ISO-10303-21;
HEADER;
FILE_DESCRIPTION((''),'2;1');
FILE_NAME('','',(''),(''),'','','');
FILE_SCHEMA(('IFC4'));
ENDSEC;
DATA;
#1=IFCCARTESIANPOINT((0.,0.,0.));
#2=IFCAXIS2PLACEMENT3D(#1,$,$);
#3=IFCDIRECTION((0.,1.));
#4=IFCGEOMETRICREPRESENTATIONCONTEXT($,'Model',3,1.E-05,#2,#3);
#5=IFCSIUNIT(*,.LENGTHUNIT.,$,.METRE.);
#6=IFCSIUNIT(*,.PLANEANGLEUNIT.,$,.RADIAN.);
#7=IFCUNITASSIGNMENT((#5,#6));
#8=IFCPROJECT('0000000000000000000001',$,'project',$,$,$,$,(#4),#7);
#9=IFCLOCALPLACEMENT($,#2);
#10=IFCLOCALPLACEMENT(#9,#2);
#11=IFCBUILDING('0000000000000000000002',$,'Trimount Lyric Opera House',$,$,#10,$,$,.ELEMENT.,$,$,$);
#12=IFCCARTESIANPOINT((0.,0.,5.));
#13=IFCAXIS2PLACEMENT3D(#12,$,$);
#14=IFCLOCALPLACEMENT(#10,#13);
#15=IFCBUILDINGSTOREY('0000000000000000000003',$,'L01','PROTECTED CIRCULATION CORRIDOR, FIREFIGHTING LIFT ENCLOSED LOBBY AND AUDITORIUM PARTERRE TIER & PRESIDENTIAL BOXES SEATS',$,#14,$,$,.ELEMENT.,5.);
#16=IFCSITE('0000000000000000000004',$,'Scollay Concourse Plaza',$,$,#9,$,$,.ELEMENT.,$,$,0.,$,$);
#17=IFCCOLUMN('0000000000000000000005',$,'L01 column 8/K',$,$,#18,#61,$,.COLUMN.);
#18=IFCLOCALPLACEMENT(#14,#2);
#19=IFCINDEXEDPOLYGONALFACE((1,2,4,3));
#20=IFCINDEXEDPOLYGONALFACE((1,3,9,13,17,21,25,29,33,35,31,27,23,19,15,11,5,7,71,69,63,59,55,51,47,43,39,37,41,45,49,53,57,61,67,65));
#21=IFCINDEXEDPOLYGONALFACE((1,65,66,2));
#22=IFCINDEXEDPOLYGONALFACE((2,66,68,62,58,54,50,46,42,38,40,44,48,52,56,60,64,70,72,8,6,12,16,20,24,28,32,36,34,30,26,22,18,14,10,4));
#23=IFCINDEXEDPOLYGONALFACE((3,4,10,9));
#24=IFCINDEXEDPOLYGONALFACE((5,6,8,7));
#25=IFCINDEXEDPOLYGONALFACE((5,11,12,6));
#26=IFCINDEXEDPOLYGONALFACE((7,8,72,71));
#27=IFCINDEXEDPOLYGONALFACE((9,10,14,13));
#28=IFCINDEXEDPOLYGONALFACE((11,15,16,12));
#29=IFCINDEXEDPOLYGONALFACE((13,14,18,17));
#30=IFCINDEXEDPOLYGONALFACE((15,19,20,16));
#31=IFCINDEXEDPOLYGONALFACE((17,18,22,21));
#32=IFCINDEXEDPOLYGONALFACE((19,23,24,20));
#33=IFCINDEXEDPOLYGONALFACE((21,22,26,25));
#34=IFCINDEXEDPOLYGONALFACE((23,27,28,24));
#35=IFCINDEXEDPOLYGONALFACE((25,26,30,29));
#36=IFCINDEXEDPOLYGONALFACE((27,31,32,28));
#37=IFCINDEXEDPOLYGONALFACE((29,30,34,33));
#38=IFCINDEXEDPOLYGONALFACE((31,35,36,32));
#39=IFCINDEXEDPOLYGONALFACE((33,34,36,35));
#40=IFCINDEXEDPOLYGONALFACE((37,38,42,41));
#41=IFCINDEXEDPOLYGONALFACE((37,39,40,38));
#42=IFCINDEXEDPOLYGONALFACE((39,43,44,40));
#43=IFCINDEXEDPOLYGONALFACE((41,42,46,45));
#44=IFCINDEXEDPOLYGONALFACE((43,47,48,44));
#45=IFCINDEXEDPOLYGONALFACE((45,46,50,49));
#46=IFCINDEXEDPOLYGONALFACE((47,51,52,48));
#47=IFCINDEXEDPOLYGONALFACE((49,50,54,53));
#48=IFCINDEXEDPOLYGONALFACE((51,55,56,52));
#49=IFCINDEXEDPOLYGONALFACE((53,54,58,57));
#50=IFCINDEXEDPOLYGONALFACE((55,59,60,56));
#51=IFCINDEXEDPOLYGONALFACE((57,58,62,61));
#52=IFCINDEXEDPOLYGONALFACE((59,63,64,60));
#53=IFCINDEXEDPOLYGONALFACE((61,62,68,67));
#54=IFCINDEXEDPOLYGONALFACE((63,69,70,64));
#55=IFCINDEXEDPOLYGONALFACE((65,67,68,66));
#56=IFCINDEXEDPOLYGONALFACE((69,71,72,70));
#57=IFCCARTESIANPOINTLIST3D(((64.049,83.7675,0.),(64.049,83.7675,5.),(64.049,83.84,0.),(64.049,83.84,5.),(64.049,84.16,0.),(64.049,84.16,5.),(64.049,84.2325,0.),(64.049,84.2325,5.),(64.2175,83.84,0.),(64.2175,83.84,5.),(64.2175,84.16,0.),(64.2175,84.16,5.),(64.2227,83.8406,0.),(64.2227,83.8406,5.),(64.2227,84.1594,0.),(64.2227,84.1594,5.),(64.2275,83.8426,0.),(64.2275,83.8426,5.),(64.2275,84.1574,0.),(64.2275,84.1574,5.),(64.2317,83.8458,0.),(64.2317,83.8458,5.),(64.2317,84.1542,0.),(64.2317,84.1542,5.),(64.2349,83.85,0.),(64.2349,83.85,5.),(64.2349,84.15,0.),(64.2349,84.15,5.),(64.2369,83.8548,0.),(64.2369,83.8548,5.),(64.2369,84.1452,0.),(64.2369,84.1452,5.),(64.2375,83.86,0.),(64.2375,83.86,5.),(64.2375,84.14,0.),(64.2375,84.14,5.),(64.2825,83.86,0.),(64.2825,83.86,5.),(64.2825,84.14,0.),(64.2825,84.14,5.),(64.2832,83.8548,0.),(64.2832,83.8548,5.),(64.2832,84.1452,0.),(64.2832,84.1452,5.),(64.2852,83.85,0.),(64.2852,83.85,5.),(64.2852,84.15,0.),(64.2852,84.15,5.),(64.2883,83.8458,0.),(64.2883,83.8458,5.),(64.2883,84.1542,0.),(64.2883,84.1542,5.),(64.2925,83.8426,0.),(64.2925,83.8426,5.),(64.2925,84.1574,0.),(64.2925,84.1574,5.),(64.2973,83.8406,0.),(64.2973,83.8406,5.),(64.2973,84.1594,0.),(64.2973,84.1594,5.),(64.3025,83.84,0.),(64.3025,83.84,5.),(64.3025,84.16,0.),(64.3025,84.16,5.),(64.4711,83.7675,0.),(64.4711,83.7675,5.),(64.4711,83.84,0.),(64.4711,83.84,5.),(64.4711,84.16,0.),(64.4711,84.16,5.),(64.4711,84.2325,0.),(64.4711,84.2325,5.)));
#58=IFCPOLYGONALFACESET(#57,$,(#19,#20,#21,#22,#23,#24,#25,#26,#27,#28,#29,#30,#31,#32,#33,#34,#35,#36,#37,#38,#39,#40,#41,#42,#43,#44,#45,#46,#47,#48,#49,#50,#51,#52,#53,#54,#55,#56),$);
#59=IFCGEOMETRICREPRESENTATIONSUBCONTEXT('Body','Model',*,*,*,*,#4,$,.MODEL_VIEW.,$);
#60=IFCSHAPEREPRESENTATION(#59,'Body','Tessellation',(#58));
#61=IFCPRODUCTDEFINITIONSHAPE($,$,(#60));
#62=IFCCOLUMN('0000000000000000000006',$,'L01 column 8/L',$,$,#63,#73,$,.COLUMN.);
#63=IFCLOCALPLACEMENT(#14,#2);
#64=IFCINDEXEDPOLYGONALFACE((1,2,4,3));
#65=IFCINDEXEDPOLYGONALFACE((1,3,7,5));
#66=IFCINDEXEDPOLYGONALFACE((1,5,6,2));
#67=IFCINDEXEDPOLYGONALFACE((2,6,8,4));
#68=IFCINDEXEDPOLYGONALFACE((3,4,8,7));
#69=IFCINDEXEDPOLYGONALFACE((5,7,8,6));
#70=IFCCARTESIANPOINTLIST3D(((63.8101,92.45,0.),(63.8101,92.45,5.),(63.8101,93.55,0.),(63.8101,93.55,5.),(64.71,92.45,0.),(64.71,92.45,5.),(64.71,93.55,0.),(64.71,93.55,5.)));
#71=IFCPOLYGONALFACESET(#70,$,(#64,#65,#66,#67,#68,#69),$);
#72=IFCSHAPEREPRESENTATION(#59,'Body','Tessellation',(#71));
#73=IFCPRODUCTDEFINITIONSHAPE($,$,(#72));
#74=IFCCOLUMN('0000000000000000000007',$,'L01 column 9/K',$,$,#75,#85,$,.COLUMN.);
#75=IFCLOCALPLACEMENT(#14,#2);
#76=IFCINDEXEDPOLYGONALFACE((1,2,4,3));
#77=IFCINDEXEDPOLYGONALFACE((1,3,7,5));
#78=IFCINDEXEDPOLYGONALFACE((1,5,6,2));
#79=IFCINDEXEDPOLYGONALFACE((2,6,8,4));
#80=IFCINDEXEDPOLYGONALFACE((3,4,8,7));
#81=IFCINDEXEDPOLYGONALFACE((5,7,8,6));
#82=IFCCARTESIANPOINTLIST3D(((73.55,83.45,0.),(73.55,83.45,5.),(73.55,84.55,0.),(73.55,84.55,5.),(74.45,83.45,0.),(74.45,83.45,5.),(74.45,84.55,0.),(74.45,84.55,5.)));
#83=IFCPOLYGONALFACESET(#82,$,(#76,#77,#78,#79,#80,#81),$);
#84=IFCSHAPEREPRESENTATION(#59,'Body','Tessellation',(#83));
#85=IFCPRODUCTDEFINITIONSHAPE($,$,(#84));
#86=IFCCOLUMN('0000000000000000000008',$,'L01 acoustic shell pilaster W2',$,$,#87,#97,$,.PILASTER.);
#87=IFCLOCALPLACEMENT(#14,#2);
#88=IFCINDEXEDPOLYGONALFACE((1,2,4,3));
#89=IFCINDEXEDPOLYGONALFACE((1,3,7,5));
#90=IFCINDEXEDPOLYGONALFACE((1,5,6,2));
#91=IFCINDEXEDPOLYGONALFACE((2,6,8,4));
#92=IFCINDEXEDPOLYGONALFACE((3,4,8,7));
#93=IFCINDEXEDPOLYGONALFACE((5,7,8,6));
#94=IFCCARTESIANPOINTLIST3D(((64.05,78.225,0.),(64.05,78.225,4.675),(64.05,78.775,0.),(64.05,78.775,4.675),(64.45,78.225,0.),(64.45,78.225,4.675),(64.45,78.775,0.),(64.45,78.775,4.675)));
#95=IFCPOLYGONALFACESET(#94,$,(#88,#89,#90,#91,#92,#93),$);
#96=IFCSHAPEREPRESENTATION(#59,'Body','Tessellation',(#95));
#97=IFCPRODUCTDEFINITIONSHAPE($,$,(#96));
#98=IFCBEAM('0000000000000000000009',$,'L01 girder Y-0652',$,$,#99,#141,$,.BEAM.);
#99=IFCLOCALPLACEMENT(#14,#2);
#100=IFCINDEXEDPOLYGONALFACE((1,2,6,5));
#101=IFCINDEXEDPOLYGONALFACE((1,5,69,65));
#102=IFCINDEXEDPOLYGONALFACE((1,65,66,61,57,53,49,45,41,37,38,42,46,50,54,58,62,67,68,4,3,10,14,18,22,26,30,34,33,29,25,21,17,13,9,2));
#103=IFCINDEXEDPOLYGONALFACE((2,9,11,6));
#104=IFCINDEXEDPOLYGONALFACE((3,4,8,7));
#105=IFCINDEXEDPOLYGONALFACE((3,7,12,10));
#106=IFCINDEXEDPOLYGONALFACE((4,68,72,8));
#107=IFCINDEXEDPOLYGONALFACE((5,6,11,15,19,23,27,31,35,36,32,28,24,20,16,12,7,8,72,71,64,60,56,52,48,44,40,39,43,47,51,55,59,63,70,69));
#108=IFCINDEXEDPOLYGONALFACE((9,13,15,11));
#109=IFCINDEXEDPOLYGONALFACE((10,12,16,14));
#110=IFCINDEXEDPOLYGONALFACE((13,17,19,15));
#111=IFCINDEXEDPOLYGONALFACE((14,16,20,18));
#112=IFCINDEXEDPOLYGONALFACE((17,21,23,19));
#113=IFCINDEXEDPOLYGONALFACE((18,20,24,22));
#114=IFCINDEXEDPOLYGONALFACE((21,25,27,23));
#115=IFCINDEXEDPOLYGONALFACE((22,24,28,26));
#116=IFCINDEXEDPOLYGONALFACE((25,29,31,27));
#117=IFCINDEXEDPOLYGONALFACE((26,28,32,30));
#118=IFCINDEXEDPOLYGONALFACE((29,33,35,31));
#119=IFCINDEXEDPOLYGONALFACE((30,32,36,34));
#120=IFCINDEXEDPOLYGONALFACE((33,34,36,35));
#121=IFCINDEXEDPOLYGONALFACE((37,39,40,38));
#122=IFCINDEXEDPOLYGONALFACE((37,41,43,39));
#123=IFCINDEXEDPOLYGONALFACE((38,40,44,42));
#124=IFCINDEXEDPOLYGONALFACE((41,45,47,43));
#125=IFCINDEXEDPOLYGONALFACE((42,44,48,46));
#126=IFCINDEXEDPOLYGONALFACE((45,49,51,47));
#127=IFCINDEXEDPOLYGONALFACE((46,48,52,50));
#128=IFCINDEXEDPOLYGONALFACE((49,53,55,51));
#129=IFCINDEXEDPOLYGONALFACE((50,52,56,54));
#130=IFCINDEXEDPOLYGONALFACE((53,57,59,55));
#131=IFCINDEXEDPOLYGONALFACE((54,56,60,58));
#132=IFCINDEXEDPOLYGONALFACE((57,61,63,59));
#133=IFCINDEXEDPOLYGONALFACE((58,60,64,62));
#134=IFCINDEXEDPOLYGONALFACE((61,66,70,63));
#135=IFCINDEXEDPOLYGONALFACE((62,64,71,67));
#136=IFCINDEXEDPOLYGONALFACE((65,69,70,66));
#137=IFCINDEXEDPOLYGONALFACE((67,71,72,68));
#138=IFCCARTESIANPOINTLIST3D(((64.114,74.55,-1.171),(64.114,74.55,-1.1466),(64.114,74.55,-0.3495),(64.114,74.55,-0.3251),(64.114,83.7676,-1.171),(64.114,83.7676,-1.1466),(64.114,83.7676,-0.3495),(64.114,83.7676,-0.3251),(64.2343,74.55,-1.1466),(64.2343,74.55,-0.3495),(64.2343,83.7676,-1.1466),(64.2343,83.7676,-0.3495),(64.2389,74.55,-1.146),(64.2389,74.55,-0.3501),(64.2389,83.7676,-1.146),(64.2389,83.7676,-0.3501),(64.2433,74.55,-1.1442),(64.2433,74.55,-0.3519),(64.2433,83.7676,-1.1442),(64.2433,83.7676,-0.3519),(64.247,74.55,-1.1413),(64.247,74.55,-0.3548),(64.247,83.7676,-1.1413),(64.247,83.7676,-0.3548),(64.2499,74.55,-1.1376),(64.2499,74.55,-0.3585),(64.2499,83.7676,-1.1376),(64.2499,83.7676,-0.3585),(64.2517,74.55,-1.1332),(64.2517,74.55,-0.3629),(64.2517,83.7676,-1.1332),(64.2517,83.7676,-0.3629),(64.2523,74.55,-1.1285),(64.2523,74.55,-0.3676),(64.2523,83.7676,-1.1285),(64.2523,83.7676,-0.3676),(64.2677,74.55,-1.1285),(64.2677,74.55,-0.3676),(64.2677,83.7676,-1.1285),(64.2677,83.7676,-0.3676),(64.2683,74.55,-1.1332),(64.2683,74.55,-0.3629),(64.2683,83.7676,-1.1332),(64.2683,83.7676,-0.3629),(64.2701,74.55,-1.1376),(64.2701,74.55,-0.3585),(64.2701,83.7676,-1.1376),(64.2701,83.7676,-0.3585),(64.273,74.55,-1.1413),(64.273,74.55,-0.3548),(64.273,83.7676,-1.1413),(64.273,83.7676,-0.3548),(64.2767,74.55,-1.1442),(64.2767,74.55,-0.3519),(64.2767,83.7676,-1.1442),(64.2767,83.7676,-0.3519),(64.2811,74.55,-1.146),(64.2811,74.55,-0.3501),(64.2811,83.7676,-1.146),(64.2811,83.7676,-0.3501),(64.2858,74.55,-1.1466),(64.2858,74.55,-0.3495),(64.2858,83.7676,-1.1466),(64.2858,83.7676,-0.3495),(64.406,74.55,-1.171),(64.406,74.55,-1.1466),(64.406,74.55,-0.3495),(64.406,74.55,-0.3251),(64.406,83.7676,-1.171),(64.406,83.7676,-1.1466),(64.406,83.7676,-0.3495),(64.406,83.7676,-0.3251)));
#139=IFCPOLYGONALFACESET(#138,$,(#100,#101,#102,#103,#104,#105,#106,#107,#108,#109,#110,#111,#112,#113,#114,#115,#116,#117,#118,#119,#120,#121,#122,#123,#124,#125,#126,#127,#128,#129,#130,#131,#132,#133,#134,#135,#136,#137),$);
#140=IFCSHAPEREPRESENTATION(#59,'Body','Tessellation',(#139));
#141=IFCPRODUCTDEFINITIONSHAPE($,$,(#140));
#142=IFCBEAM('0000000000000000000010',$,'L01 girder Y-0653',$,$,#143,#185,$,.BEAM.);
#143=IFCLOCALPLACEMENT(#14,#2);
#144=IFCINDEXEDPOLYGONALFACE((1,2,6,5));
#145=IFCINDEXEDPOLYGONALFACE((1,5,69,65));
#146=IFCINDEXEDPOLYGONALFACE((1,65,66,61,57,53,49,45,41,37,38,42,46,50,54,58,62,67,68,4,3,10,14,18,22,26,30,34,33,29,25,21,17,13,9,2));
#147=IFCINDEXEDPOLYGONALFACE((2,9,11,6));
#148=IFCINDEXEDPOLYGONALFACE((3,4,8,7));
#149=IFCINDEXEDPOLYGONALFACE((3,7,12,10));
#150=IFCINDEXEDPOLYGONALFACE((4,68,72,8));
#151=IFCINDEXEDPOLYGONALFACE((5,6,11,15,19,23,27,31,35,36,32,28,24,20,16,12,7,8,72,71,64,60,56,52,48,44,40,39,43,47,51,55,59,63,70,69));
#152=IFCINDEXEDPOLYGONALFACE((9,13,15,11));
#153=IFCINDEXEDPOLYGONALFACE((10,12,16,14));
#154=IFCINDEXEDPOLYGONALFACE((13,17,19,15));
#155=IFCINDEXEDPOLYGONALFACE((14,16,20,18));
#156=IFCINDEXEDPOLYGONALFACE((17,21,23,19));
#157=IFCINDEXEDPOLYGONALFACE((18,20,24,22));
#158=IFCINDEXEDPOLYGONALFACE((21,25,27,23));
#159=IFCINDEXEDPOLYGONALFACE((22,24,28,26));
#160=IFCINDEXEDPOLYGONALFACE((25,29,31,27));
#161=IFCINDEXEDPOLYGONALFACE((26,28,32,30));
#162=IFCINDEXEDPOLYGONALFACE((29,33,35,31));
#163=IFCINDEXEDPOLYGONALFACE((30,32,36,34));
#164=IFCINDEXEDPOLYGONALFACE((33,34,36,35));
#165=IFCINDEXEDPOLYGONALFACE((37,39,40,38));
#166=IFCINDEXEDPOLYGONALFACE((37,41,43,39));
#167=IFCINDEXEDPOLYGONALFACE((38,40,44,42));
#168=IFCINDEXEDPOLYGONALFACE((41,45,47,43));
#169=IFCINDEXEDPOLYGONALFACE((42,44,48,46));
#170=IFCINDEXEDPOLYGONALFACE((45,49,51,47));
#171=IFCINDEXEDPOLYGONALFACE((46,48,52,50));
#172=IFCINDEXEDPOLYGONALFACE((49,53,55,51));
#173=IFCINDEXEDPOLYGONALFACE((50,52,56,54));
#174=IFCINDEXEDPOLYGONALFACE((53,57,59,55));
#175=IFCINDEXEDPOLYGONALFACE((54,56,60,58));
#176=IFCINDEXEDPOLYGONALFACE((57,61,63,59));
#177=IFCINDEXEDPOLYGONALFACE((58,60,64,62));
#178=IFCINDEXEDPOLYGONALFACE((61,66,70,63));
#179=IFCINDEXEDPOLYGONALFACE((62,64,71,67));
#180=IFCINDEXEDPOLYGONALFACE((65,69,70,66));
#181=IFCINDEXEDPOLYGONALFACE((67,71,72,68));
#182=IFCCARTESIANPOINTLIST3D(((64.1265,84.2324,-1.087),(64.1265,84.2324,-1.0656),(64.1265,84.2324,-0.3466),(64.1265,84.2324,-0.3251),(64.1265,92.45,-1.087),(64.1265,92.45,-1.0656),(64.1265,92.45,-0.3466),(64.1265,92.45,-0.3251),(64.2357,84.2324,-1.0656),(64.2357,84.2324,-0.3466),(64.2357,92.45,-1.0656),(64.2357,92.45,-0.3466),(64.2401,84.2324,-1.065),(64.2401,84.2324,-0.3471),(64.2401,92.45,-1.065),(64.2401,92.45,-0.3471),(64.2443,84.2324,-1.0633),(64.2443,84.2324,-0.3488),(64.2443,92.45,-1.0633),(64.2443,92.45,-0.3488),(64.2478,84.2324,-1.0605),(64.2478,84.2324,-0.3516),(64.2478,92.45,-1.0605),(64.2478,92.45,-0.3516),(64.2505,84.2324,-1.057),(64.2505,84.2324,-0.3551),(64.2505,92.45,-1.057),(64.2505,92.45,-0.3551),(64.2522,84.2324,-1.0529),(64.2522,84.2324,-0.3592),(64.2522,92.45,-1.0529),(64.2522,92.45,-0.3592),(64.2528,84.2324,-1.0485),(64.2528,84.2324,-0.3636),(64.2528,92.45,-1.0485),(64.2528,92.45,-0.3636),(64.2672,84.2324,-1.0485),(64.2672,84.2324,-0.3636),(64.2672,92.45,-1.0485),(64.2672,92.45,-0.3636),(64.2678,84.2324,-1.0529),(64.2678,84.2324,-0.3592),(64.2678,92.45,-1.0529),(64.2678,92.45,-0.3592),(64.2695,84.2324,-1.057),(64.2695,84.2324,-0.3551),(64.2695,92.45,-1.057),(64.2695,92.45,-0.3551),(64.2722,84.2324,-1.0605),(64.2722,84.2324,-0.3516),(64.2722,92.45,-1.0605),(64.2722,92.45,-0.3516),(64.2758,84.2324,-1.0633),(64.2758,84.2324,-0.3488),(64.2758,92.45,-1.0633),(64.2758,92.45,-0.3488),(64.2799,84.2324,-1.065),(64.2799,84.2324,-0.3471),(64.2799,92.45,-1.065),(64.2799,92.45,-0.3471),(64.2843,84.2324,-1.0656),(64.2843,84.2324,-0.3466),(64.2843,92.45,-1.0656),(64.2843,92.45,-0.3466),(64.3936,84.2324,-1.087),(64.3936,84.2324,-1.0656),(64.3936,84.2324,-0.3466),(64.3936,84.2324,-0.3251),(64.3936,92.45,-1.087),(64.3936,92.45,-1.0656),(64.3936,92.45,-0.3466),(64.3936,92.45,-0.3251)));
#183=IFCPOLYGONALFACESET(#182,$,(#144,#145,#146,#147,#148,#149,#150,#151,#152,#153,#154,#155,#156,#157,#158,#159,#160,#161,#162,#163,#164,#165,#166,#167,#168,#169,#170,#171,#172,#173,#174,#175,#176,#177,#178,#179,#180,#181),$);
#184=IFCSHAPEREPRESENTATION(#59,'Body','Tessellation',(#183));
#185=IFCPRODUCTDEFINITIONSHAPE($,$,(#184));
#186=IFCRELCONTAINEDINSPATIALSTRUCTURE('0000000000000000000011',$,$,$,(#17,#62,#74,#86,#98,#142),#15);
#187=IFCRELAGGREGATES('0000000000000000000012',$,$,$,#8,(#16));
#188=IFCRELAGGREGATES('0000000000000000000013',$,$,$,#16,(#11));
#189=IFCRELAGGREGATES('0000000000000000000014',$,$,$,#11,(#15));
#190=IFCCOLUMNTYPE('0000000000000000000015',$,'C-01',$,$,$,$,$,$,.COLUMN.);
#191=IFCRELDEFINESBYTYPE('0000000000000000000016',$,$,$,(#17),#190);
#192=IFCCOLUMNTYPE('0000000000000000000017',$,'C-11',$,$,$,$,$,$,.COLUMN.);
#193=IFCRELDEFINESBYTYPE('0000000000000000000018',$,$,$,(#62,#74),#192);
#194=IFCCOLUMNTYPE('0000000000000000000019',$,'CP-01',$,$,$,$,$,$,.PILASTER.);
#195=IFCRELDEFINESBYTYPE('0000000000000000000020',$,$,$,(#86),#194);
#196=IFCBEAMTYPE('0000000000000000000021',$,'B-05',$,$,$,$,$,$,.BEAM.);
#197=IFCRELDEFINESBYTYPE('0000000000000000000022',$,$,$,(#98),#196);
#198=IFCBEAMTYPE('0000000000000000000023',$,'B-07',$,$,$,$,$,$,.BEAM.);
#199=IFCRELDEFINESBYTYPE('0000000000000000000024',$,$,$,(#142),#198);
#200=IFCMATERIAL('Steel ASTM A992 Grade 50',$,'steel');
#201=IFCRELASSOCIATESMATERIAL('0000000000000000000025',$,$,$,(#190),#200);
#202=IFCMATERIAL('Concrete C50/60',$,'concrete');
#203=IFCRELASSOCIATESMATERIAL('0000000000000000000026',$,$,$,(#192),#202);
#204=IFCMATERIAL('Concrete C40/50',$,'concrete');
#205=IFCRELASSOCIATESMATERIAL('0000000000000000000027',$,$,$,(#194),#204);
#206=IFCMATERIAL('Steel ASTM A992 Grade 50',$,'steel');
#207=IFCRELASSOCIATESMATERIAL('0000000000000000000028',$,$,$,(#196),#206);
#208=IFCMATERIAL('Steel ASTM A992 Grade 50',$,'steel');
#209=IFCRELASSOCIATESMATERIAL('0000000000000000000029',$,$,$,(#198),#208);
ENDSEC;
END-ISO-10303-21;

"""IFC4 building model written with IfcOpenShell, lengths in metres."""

from ifc_helpers import new_model, si_unit, direction, frame, origin, origin_2d, place, context, subcontext, project, spatial, rectangle, i_section, extrude, material, material_profile, profile_set, type_object, element, save


model = new_model("IFC4")

# Units and contexts
model_context = context("Model", 3, precision=1e-05, world=origin(), true_north=direction((0.0, 1.0)))
body_context = subcontext(model_context, "Body", "Model", "MODEL_VIEW")
ifc_project = project(units=[si_unit("LENGTHUNIT", "METRE"), si_unit("PLANEANGLEUNIT", "RADIAN")], contexts=[model_context])

# Site, building, storey
site_placement = place(None, origin())
site = spatial("IfcSite", under=ifc_project, at=site_placement, Name="Scollay Concourse Plaza", CompositionType="ELEMENT", RefElevation=0.0)
building_placement = place(site_placement, origin())
building = spatial("IfcBuilding", under=site, at=building_placement, Name="Trimount Lyric Opera House", CompositionType="ELEMENT")
storey_placement = place(building_placement, frame((0.0, 0.0, 5.0)))
storey = spatial("IfcBuildingStorey", under=building, at=storey_placement, Name="L01", Description="PROTECTED CIRCULATION CORRIDOR, FIREFIGHTING LIFT ENCLOSED LOBBY AND AUDITORIUM PARTERRE TIER & PRESIDENTIAL BOXES SEATS", CompositionType="ELEMENT", Elevation=5.0)

# Columns
ifc_material_1 = material(Name="Steel ASTM A992 Grade 50", Category="steel")
ifc_material_profile_1 = material_profile(ifc_material_1, i_section(OverallWidth=0.4221, OverallDepth=0.4651, WebThickness=0.0449, FlangeThickness=0.0725, FilletRadius=0.02, at=origin_2d()), Name="W14X398")
ifc_profile_set_1 = profile_set([ifc_material_profile_1], Name="Steel ASTM A992 Grade 50")
column_type_1 = type_object("IfcColumnType", Name="C-01", PredefinedType="COLUMN", material=ifc_profile_set_1)
column_1_placement = place(storey_placement, frame((64.26, 84.0, 0.0), z_axis=(0.0, 0.0, 1.0), x_axis=(1.0, 0.0, 0.0)))
element("IfcColumn", 1, at=column_1_placement, inside=storey, type_object=column_type_1, Name="L01 column 8/K", PredefinedType="COLUMN", context=body_context, shape_type="SweptSolid", body=[
    extrude(i_section(OverallWidth=0.4221, OverallDepth=0.4651, WebThickness=0.0449, FlangeThickness=0.0725, FilletRadius=0.02, at=origin_2d()), origin(), (0.0, 0.0, 1.0), 5.0),
])
ifc_material_2 = material(Name="Concrete C50/60", Category="concrete")
ifc_material_profile_2 = material_profile(ifc_material_2, rectangle(XDim=0.8999, YDim=1.1001, at=origin_2d()), Name="RC1100X900")
ifc_profile_set_2 = profile_set([ifc_material_profile_2], Name="Concrete C50/60")
column_type_2 = type_object("IfcColumnType", Name="C-11", PredefinedType="COLUMN", material=ifc_profile_set_2)
for number, where, z_axis, x_axis, name in (
    (2, (64.26, 93.0, 0.0), (0.0, 0.0, 1.0), (1.0, 0.0, 0.0), "L01 column 8/L"),
    (3, (74.0, 84.0, 0.0), (0.0, 0.0, 1.0), (1.0, 0.0, 0.0), "L01 column 9/K"),
):
    element("IfcColumn", number, at=place(storey_placement, frame(where, z_axis=z_axis, x_axis=x_axis)), inside=storey, type_object=column_type_2, Name=name, PredefinedType="COLUMN", context=body_context, shape_type="SweptSolid", body=[
        extrude(rectangle(XDim=0.8999, YDim=1.1001, at=origin_2d()), origin(), (0.0, 0.0, 1.0), 5.0),
    ])
ifc_material_3 = material(Name="Concrete C40/50", Category="concrete")
ifc_material_profile_3 = material_profile(ifc_material_3, rectangle(XDim=0.3999, YDim=0.55, at=origin_2d()), Name="RC550X400")
ifc_profile_set_3 = profile_set([ifc_material_profile_3], Name="Concrete C40/50")
column_type_3 = type_object("IfcColumnType", Name="CP-01", PredefinedType="PILASTER", material=ifc_profile_set_3)
column_2_placement = place(storey_placement, frame((64.25, 78.5, 0.0), z_axis=(0.0, 0.0, 1.0), x_axis=(1.0, 0.0, 0.0)))
element("IfcColumn", 4, at=column_2_placement, inside=storey, type_object=column_type_3, Name="L01 acoustic shell pilaster W2", PredefinedType="PILASTER", context=body_context, shape_type="SweptSolid", body=[
    extrude(rectangle(XDim=0.3999, YDim=0.55, at=origin_2d()), origin(), (0.0, 0.0, 1.0), 4.675),
])

# Beams
ifc_material_4 = material(Name="Steel ASTM A992 Grade 50", Category="steel")
ifc_material_profile_4 = material_profile(ifc_material_4, i_section(OverallWidth=0.292, OverallDepth=0.8459, WebThickness=0.0154, FlangeThickness=0.0244, FilletRadius=0.0181, at=origin_2d()), Name="W33X141")
ifc_profile_set_4 = profile_set([ifc_material_profile_4], Name="Steel ASTM A992 Grade 50")
beam_type_1 = type_object("IfcBeamType", Name="B-05", PredefinedType="BEAM", material=ifc_profile_set_4)
beam_1_placement = place(storey_placement, frame((64.26, 74.55, -0.748), z_axis=(0.0, 1.0, 0.0), x_axis=(-1.0, 0.0, 0.0)))
element("IfcBeam", 5, at=beam_1_placement, inside=storey, type_object=beam_type_1, Name="L01 girder Y-0652", PredefinedType="BEAM", context=body_context, shape_type="SweptSolid", body=[
    extrude(i_section(OverallWidth=0.292, OverallDepth=0.8459, WebThickness=0.0154, FlangeThickness=0.0244, FilletRadius=0.0181, at=origin_2d()), origin(), (0.0, 0.0, 1.0), 9.2175),
])
ifc_material_5 = material(Name="Steel ASTM A992 Grade 50", Category="steel")
ifc_material_profile_5 = material_profile(ifc_material_5, i_section(OverallWidth=0.2671, OverallDepth=0.762, WebThickness=0.0144, FlangeThickness=0.0215, FilletRadius=0.0171, at=origin_2d()), Name="W30X116")
ifc_profile_set_5 = profile_set([ifc_material_profile_5], Name="Steel ASTM A992 Grade 50")
beam_type_2 = type_object("IfcBeamType", Name="B-07", PredefinedType="BEAM", material=ifc_profile_set_5)
beam_2_placement = place(storey_placement, frame((64.26, 84.2324, -0.7061), z_axis=(0.0, 1.0, 0.0), x_axis=(-1.0, 0.0, 0.0)))
element("IfcBeam", 6, at=beam_2_placement, inside=storey, type_object=beam_type_2, Name="L01 girder Y-0653", PredefinedType="BEAM", context=body_context, shape_type="SweptSolid", body=[
    extrude(i_section(OverallWidth=0.2671, OverallDepth=0.762, WebThickness=0.0144, FlangeThickness=0.0215, FilletRadius=0.0171, at=origin_2d()), origin(), (0.0, 0.0, 1.0), 8.2175),
])

save(model, "model.ifc")
